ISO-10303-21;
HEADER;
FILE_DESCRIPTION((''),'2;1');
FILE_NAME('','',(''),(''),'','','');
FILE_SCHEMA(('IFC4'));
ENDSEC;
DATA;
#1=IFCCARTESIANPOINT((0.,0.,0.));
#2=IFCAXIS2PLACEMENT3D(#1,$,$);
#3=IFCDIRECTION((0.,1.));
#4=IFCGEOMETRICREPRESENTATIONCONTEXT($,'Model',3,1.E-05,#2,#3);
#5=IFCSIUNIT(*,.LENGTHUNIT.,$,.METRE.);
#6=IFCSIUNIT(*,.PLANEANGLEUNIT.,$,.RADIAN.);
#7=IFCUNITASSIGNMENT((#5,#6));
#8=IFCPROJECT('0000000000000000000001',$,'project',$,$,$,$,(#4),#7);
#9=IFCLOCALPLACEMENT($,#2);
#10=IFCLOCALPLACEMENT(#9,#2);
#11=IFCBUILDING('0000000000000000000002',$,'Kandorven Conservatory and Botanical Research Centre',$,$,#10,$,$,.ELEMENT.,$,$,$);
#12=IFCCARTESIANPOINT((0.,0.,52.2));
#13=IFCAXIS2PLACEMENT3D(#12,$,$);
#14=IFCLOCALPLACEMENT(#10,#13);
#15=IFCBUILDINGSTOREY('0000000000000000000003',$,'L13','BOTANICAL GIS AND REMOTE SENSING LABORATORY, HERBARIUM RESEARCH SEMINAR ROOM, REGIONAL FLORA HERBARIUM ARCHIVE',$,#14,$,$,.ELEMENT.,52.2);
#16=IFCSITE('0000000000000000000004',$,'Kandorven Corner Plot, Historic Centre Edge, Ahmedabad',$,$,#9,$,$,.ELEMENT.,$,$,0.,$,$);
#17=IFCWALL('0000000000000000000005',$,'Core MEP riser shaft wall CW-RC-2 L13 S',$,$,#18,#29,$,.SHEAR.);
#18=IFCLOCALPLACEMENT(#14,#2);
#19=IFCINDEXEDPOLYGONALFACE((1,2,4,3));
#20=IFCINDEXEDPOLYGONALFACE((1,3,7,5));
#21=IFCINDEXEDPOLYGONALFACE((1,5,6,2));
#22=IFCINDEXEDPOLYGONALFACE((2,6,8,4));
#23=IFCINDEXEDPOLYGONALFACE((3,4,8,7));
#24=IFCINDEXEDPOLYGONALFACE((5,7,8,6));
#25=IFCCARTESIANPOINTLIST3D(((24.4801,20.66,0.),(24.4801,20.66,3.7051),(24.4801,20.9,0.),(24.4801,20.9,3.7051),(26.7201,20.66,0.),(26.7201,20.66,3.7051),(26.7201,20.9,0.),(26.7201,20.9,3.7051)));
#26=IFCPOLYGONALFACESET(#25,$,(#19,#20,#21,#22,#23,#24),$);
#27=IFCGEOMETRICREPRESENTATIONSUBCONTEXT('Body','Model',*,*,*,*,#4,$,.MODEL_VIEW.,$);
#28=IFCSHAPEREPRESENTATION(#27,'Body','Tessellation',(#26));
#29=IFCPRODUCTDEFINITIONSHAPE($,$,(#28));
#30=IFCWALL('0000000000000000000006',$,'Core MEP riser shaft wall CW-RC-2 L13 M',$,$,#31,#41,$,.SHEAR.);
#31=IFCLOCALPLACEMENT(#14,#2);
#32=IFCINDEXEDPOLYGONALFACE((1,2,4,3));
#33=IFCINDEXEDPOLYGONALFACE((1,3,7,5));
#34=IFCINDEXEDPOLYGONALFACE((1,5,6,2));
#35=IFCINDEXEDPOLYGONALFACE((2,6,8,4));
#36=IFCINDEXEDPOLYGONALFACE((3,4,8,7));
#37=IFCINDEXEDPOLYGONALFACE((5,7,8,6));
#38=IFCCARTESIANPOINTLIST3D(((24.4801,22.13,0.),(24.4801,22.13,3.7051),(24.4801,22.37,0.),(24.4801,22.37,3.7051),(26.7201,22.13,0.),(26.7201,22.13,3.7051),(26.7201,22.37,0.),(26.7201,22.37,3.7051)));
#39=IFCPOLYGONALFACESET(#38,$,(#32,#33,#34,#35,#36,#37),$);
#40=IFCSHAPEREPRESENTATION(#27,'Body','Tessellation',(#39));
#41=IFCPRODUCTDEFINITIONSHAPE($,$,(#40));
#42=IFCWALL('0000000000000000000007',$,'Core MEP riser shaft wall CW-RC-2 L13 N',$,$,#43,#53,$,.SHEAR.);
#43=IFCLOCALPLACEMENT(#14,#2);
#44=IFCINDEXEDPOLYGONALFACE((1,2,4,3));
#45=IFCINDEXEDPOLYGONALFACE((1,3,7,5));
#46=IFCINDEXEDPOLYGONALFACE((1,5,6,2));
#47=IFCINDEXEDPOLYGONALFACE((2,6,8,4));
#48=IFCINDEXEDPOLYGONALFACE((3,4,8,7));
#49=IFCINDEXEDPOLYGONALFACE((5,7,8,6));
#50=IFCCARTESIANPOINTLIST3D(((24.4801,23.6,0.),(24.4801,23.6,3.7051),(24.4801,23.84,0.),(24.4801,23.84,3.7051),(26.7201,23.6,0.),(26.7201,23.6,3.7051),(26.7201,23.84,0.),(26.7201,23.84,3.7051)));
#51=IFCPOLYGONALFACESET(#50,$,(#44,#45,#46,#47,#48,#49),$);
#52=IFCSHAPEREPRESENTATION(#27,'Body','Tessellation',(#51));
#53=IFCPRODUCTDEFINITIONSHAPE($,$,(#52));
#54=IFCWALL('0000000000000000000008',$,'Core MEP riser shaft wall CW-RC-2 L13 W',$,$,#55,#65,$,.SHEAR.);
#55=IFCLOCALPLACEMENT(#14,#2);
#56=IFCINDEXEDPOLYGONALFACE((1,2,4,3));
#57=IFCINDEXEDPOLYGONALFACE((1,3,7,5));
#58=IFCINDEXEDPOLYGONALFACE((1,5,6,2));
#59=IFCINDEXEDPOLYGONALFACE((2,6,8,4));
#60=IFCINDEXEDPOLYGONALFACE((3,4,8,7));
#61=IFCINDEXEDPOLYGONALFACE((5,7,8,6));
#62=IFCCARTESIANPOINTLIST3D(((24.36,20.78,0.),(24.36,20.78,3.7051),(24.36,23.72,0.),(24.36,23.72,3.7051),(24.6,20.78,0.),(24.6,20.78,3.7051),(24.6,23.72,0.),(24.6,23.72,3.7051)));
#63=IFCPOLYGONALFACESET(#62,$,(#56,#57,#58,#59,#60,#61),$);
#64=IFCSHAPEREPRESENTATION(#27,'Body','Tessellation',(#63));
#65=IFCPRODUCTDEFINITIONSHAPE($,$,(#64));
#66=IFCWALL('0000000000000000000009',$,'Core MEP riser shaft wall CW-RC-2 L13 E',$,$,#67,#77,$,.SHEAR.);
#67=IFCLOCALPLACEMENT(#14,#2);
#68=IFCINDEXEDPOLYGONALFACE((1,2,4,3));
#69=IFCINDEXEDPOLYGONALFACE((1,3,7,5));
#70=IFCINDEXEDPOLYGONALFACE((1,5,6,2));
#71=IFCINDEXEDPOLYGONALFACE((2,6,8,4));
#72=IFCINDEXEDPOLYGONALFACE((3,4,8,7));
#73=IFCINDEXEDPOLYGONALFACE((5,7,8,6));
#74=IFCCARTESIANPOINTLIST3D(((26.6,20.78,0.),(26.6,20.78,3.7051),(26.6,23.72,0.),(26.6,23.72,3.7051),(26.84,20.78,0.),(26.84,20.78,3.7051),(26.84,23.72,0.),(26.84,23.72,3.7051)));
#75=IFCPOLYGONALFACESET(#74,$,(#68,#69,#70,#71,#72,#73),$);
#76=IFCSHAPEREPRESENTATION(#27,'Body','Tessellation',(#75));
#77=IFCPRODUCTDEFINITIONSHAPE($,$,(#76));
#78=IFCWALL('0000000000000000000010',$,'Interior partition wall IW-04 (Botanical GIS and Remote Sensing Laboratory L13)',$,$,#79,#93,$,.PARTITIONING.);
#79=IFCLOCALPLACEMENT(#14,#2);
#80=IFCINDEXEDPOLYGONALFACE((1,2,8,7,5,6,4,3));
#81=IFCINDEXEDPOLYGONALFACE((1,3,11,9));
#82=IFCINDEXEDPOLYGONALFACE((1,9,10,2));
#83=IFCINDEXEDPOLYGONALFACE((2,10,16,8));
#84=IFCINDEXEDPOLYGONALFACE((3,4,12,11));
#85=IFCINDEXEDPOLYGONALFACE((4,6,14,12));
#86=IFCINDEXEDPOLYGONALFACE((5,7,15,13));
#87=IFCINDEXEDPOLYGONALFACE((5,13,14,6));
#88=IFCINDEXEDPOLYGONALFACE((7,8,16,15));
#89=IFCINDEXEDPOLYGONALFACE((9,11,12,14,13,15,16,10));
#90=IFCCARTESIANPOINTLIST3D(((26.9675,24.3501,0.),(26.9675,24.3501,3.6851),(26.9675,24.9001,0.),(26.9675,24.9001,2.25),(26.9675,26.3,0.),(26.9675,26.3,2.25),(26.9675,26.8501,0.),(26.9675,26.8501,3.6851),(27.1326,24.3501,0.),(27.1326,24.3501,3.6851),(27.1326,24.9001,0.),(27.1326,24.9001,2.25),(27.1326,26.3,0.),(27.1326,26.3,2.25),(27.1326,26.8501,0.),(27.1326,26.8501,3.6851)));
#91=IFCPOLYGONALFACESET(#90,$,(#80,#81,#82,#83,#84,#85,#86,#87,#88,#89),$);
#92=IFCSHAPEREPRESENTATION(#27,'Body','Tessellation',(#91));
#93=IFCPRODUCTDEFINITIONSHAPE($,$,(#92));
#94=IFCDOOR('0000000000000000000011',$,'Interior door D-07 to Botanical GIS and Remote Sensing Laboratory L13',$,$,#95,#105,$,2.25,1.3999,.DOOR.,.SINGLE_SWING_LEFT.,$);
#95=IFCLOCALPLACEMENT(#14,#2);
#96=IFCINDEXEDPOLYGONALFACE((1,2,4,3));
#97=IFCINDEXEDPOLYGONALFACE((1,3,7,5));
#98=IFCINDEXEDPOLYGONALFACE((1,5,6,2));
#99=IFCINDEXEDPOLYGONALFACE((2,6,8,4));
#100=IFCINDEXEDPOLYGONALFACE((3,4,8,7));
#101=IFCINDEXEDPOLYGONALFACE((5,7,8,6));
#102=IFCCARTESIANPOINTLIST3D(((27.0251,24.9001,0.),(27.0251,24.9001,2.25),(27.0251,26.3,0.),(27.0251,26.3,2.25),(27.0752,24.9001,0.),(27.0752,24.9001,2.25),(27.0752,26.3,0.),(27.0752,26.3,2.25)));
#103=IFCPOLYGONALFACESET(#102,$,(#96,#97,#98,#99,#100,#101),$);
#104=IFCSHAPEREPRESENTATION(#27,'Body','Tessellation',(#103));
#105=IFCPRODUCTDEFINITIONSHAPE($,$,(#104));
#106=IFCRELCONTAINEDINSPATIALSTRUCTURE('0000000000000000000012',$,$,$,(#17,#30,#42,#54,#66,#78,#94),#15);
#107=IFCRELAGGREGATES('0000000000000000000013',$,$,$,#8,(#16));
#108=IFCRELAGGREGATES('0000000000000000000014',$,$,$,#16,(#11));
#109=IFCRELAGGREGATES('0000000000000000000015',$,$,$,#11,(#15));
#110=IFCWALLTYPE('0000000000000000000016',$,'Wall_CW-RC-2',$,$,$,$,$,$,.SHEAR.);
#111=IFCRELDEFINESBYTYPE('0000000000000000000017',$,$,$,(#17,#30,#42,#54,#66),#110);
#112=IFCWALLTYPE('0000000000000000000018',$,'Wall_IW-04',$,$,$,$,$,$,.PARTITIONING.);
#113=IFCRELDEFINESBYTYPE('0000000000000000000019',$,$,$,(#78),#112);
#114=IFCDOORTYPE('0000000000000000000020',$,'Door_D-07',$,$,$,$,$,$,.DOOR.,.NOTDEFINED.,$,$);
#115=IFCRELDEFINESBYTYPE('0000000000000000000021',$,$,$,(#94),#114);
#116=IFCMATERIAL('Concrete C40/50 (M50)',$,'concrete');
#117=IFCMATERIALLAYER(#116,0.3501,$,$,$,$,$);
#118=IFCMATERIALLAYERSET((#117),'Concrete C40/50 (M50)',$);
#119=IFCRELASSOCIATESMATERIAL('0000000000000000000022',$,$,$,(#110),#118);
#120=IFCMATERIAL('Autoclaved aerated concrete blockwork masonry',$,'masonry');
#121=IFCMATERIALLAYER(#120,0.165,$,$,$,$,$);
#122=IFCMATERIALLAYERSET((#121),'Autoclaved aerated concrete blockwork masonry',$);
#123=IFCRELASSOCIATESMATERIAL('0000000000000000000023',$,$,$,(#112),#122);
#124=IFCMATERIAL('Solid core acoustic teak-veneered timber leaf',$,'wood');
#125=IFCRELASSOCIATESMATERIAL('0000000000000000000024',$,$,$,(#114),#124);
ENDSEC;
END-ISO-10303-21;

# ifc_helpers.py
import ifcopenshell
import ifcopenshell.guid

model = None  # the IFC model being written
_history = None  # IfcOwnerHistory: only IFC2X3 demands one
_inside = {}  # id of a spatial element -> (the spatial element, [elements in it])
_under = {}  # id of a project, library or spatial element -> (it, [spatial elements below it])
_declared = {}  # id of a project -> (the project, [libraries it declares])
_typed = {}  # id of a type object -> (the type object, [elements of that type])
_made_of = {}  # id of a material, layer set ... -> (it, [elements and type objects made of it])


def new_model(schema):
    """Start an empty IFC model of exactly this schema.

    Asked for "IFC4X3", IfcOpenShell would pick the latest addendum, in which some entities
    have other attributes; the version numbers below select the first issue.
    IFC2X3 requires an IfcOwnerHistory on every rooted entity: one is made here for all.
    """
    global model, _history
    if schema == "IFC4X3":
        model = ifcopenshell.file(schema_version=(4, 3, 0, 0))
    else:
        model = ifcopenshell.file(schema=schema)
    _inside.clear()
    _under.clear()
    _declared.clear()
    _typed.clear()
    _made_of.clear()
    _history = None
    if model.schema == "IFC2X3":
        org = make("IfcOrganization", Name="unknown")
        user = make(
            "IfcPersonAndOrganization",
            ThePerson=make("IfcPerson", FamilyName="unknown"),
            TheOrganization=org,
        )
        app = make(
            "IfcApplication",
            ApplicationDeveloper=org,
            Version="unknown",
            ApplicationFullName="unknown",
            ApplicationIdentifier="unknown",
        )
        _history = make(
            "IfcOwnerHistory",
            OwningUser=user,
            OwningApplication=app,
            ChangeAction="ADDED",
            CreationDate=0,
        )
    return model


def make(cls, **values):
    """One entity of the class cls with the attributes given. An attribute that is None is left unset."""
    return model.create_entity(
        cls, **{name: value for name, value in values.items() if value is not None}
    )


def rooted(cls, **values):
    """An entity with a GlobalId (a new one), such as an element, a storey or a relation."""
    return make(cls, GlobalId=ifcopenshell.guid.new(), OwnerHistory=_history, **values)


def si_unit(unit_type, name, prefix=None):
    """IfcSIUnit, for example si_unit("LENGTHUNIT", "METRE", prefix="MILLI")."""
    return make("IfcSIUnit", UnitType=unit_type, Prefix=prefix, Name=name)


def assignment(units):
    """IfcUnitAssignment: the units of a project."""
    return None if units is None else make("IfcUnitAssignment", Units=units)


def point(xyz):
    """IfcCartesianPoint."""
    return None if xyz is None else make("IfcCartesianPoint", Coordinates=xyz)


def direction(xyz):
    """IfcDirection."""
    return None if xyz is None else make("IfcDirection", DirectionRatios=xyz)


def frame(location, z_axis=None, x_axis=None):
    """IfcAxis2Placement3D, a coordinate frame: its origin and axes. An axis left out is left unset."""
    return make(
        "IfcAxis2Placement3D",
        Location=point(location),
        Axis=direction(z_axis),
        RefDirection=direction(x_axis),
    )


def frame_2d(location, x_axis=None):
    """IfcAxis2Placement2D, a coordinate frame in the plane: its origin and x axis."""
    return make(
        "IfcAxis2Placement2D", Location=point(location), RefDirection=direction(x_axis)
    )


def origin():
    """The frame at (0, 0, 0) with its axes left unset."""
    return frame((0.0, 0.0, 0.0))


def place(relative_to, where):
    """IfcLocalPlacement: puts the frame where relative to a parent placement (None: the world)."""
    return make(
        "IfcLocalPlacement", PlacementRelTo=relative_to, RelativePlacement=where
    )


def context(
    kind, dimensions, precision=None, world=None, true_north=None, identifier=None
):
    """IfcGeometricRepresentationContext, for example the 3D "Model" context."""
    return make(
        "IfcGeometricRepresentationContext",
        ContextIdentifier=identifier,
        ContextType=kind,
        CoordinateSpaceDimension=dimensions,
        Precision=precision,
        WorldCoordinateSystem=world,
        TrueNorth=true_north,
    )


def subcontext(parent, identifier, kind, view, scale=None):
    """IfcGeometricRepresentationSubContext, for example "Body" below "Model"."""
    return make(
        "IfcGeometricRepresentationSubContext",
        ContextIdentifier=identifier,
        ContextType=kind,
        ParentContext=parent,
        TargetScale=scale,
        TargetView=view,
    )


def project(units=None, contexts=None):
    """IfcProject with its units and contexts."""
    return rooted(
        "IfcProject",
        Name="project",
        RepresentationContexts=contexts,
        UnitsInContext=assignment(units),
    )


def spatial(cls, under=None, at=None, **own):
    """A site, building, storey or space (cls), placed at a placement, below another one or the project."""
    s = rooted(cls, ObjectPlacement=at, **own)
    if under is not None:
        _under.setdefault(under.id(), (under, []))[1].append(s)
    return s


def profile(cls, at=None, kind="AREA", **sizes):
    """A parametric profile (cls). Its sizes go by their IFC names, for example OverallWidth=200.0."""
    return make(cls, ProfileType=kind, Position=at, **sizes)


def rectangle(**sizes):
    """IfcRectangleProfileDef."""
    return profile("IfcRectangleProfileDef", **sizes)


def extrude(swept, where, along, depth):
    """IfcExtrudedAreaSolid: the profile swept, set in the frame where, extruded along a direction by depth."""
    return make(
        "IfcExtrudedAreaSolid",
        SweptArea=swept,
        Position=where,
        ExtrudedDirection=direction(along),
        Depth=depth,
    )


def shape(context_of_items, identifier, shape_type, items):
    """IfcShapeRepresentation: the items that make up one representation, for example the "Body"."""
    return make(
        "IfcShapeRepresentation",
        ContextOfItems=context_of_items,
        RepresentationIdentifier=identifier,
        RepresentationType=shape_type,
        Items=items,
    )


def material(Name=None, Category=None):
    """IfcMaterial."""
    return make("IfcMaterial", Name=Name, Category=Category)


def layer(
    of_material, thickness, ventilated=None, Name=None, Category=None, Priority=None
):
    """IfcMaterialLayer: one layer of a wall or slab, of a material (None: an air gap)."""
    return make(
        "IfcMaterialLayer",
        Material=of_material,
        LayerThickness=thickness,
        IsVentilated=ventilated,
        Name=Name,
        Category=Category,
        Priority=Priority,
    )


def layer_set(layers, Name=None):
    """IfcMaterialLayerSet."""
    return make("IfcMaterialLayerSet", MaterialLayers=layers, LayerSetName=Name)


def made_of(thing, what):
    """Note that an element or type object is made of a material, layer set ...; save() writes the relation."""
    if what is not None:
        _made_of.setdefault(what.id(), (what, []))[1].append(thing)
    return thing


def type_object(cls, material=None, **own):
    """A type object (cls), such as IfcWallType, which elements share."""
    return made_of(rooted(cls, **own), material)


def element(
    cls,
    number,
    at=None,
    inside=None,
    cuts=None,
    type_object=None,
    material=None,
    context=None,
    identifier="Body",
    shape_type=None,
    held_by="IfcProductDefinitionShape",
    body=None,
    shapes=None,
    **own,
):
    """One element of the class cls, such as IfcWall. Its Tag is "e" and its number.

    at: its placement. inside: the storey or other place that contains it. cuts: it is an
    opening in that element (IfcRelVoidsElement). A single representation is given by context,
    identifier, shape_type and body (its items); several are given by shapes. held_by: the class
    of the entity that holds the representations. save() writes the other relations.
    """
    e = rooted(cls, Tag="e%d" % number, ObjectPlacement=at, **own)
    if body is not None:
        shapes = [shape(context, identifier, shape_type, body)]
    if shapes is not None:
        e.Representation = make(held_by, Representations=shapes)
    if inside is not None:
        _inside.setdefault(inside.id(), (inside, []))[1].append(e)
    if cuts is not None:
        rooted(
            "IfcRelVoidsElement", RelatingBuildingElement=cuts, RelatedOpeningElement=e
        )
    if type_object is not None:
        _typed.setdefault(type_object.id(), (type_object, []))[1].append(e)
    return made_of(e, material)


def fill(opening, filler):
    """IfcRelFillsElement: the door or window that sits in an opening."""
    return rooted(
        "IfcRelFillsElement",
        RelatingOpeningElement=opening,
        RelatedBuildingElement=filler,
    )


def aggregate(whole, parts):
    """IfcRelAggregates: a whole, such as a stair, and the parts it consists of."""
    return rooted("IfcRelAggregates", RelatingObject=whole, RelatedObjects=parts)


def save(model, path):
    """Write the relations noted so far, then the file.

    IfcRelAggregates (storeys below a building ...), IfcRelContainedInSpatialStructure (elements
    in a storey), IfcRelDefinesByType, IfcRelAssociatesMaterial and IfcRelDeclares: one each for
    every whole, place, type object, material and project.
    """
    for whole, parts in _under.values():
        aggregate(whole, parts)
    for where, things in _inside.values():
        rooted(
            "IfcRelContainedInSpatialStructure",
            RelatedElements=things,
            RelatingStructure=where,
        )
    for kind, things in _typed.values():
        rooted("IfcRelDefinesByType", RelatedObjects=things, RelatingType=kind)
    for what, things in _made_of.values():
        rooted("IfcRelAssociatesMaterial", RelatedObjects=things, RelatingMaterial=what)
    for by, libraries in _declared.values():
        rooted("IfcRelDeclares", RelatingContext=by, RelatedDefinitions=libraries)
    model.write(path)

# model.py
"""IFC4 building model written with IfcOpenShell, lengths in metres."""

from ifc_helpers import new_model, si_unit, direction, frame, frame_2d, origin, place, context, subcontext, project, spatial, rectangle, extrude, material, layer, layer_set, type_object, element, fill, save


model = new_model("IFC4")

# Units and contexts
model_context = context("Model", 3, precision=1e-05, world=origin(), true_north=direction((0.0, 1.0)))
body_context = subcontext(model_context, "Body", "Model", "MODEL_VIEW")
ifc_project = project(units=[si_unit("LENGTHUNIT", "METRE"), si_unit("PLANEANGLEUNIT", "RADIAN")], contexts=[model_context])

# Site, building, storey
site_placement = place(None, origin())
site = spatial("IfcSite", under=ifc_project, at=site_placement, Name="Kandorven Corner Plot, Historic Centre Edge, Ahmedabad", CompositionType="ELEMENT", RefElevation=0.0)
building_placement = place(site_placement, origin())
building = spatial("IfcBuilding", under=site, at=building_placement, Name="Kandorven Conservatory and Botanical Research Centre", CompositionType="ELEMENT")
storey_placement = place(building_placement, frame((0.0, 0.0, 52.2)))
storey = spatial("IfcBuildingStorey", under=building, at=storey_placement, Name="L13", Description="BOTANICAL GIS AND REMOTE SENSING LABORATORY, HERBARIUM RESEARCH SEMINAR ROOM, REGIONAL FLORA HERBARIUM ARCHIVE", CompositionType="ELEMENT", Elevation=52.2)

# Walls
ifc_material_1 = material(Name="Concrete C40/50 (M50)", Category="concrete")
ifc_layer_1 = layer(ifc_material_1, 0.3501)
ifc_layer_set_1 = layer_set([ifc_layer_1], Name="Concrete C40/50 (M50)")
wall_type_1 = type_object("IfcWallType", Name="Wall_CW-RC-2", PredefinedType="SHEAR", material=ifc_layer_set_1)
for number, where, z_axis, x_axis, name in (
    (1, (24.48, 20.78, 0.0), (0.0, 0.0, 1.0), (1.0, 0.0, 0.0), "Core MEP riser shaft wall CW-RC-2 L13 S"),
    (2, (24.48, 22.25, 0.0), (0.0, 0.0, 1.0), (1.0, 0.0, 0.0), "Core MEP riser shaft wall CW-RC-2 L13 M"),
    (3, (24.48, 23.72, 0.0), (0.0, 0.0, 1.0), (1.0, 0.0, 0.0), "Core MEP riser shaft wall CW-RC-2 L13 N"),
):
    element("IfcWall", number, at=place(storey_placement, frame(where, z_axis=z_axis, x_axis=x_axis)), inside=storey, type_object=wall_type_1, Name=name, PredefinedType="SHEAR", context=body_context, shape_type="SweptSolid", body=[
        extrude(rectangle(XDim=2.24, YDim=0.24, at=frame_2d((1.1201, 0.0))), origin(), (0.0, 0.0, 1.0), 3.7051),
    ])
for number, where, z_axis, x_axis, name in (
    (4, (24.48, 20.78, 0.0), (0.0, 0.0, 1.0), (0.0, 1.0, 0.0), "Core MEP riser shaft wall CW-RC-2 L13 W"),
    (5, (26.72, 20.78, 0.0), (0.0, 0.0, 1.0), (0.0, 1.0, 0.0), "Core MEP riser shaft wall CW-RC-2 L13 E"),
):
    element("IfcWall", number, at=place(storey_placement, frame(where, z_axis=z_axis, x_axis=x_axis)), inside=storey, type_object=wall_type_1, Name=name, PredefinedType="SHEAR", context=body_context, shape_type="SweptSolid", body=[
        extrude(rectangle(XDim=2.9399, YDim=0.24, at=frame_2d((1.47, 0.0))), origin(), (0.0, 0.0, 1.0), 3.7051),
    ])

# Wall, opening, door
ifc_material_2 = material(Name="Autoclaved aerated concrete blockwork masonry", Category="masonry")
ifc_layer_2 = layer(ifc_material_2, 0.165)
ifc_layer_set_2 = layer_set([ifc_layer_2], Name="Autoclaved aerated concrete blockwork masonry")
wall_type_2 = type_object("IfcWallType", Name="Wall_IW-04", PredefinedType="PARTITIONING", material=ifc_layer_set_2)
wall_1_placement = place(storey_placement, frame((27.05, 24.3501, 0.0), z_axis=(0.0, 0.0, 1.0), x_axis=(0.0, 1.0, 0.0)))
wall_1 = element("IfcWall", 6, at=wall_1_placement, inside=storey, type_object=wall_type_2, Name="Interior partition wall IW-04 (Botanical GIS and Remote Sensing Laboratory L13)", PredefinedType="PARTITIONING", context=body_context, shape_type="SweptSolid", body=[
    extrude(rectangle(XDim=2.5, YDim=0.165, at=frame_2d((1.25, 0.0))), origin(), (0.0, 0.0, 1.0), 3.6851),
])
opening_placement = place(wall_1_placement, frame((0.55, 0.0, 0.0)))
opening = element("IfcOpeningElement", 7, at=opening_placement, cuts=wall_1, PredefinedType="OPENING", context=body_context, shape_type="SweptSolid", body=[
    extrude(rectangle(XDim=1.3999, YDim=2.25, at=frame_2d((0.7, 1.125))), frame((0.0, 0.0925, 0.0), z_axis=(0.0, -1.0, 0.0), x_axis=(1.0, 0.0, 0.0)), (0.0, 0.0, 1.0), 0.1851),
])
ifc_material_3 = material(Name="Solid core acoustic teak-veneered timber leaf", Category="wood")
door_type = type_object("IfcDoorType", Name="Door_D-07", OperationType="NOTDEFINED", PredefinedType="DOOR", material=ifc_material_3)
door_placement = place(opening_placement, origin())
door = element("IfcDoor", 8, at=door_placement, inside=storey, type_object=door_type, Name="Interior door D-07 to Botanical GIS and Remote Sensing Laboratory L13", OperationType="SINGLE_SWING_LEFT", OverallHeight=2.25, OverallWidth=1.3999, PredefinedType="DOOR", context=body_context, shape_type="SweptSolid", body=[
    extrude(rectangle(XDim=1.3999, YDim=2.25, at=frame_2d((0.7, 1.125))), frame((0.0, 0.0249, 0.0), z_axis=(0.0, -1.0, 0.0), x_axis=(1.0, 0.0, 0.0)), (0.0, 0.0, 1.0), 0.05),
])
fill(opening, door)

save(model, "model.ifc")
